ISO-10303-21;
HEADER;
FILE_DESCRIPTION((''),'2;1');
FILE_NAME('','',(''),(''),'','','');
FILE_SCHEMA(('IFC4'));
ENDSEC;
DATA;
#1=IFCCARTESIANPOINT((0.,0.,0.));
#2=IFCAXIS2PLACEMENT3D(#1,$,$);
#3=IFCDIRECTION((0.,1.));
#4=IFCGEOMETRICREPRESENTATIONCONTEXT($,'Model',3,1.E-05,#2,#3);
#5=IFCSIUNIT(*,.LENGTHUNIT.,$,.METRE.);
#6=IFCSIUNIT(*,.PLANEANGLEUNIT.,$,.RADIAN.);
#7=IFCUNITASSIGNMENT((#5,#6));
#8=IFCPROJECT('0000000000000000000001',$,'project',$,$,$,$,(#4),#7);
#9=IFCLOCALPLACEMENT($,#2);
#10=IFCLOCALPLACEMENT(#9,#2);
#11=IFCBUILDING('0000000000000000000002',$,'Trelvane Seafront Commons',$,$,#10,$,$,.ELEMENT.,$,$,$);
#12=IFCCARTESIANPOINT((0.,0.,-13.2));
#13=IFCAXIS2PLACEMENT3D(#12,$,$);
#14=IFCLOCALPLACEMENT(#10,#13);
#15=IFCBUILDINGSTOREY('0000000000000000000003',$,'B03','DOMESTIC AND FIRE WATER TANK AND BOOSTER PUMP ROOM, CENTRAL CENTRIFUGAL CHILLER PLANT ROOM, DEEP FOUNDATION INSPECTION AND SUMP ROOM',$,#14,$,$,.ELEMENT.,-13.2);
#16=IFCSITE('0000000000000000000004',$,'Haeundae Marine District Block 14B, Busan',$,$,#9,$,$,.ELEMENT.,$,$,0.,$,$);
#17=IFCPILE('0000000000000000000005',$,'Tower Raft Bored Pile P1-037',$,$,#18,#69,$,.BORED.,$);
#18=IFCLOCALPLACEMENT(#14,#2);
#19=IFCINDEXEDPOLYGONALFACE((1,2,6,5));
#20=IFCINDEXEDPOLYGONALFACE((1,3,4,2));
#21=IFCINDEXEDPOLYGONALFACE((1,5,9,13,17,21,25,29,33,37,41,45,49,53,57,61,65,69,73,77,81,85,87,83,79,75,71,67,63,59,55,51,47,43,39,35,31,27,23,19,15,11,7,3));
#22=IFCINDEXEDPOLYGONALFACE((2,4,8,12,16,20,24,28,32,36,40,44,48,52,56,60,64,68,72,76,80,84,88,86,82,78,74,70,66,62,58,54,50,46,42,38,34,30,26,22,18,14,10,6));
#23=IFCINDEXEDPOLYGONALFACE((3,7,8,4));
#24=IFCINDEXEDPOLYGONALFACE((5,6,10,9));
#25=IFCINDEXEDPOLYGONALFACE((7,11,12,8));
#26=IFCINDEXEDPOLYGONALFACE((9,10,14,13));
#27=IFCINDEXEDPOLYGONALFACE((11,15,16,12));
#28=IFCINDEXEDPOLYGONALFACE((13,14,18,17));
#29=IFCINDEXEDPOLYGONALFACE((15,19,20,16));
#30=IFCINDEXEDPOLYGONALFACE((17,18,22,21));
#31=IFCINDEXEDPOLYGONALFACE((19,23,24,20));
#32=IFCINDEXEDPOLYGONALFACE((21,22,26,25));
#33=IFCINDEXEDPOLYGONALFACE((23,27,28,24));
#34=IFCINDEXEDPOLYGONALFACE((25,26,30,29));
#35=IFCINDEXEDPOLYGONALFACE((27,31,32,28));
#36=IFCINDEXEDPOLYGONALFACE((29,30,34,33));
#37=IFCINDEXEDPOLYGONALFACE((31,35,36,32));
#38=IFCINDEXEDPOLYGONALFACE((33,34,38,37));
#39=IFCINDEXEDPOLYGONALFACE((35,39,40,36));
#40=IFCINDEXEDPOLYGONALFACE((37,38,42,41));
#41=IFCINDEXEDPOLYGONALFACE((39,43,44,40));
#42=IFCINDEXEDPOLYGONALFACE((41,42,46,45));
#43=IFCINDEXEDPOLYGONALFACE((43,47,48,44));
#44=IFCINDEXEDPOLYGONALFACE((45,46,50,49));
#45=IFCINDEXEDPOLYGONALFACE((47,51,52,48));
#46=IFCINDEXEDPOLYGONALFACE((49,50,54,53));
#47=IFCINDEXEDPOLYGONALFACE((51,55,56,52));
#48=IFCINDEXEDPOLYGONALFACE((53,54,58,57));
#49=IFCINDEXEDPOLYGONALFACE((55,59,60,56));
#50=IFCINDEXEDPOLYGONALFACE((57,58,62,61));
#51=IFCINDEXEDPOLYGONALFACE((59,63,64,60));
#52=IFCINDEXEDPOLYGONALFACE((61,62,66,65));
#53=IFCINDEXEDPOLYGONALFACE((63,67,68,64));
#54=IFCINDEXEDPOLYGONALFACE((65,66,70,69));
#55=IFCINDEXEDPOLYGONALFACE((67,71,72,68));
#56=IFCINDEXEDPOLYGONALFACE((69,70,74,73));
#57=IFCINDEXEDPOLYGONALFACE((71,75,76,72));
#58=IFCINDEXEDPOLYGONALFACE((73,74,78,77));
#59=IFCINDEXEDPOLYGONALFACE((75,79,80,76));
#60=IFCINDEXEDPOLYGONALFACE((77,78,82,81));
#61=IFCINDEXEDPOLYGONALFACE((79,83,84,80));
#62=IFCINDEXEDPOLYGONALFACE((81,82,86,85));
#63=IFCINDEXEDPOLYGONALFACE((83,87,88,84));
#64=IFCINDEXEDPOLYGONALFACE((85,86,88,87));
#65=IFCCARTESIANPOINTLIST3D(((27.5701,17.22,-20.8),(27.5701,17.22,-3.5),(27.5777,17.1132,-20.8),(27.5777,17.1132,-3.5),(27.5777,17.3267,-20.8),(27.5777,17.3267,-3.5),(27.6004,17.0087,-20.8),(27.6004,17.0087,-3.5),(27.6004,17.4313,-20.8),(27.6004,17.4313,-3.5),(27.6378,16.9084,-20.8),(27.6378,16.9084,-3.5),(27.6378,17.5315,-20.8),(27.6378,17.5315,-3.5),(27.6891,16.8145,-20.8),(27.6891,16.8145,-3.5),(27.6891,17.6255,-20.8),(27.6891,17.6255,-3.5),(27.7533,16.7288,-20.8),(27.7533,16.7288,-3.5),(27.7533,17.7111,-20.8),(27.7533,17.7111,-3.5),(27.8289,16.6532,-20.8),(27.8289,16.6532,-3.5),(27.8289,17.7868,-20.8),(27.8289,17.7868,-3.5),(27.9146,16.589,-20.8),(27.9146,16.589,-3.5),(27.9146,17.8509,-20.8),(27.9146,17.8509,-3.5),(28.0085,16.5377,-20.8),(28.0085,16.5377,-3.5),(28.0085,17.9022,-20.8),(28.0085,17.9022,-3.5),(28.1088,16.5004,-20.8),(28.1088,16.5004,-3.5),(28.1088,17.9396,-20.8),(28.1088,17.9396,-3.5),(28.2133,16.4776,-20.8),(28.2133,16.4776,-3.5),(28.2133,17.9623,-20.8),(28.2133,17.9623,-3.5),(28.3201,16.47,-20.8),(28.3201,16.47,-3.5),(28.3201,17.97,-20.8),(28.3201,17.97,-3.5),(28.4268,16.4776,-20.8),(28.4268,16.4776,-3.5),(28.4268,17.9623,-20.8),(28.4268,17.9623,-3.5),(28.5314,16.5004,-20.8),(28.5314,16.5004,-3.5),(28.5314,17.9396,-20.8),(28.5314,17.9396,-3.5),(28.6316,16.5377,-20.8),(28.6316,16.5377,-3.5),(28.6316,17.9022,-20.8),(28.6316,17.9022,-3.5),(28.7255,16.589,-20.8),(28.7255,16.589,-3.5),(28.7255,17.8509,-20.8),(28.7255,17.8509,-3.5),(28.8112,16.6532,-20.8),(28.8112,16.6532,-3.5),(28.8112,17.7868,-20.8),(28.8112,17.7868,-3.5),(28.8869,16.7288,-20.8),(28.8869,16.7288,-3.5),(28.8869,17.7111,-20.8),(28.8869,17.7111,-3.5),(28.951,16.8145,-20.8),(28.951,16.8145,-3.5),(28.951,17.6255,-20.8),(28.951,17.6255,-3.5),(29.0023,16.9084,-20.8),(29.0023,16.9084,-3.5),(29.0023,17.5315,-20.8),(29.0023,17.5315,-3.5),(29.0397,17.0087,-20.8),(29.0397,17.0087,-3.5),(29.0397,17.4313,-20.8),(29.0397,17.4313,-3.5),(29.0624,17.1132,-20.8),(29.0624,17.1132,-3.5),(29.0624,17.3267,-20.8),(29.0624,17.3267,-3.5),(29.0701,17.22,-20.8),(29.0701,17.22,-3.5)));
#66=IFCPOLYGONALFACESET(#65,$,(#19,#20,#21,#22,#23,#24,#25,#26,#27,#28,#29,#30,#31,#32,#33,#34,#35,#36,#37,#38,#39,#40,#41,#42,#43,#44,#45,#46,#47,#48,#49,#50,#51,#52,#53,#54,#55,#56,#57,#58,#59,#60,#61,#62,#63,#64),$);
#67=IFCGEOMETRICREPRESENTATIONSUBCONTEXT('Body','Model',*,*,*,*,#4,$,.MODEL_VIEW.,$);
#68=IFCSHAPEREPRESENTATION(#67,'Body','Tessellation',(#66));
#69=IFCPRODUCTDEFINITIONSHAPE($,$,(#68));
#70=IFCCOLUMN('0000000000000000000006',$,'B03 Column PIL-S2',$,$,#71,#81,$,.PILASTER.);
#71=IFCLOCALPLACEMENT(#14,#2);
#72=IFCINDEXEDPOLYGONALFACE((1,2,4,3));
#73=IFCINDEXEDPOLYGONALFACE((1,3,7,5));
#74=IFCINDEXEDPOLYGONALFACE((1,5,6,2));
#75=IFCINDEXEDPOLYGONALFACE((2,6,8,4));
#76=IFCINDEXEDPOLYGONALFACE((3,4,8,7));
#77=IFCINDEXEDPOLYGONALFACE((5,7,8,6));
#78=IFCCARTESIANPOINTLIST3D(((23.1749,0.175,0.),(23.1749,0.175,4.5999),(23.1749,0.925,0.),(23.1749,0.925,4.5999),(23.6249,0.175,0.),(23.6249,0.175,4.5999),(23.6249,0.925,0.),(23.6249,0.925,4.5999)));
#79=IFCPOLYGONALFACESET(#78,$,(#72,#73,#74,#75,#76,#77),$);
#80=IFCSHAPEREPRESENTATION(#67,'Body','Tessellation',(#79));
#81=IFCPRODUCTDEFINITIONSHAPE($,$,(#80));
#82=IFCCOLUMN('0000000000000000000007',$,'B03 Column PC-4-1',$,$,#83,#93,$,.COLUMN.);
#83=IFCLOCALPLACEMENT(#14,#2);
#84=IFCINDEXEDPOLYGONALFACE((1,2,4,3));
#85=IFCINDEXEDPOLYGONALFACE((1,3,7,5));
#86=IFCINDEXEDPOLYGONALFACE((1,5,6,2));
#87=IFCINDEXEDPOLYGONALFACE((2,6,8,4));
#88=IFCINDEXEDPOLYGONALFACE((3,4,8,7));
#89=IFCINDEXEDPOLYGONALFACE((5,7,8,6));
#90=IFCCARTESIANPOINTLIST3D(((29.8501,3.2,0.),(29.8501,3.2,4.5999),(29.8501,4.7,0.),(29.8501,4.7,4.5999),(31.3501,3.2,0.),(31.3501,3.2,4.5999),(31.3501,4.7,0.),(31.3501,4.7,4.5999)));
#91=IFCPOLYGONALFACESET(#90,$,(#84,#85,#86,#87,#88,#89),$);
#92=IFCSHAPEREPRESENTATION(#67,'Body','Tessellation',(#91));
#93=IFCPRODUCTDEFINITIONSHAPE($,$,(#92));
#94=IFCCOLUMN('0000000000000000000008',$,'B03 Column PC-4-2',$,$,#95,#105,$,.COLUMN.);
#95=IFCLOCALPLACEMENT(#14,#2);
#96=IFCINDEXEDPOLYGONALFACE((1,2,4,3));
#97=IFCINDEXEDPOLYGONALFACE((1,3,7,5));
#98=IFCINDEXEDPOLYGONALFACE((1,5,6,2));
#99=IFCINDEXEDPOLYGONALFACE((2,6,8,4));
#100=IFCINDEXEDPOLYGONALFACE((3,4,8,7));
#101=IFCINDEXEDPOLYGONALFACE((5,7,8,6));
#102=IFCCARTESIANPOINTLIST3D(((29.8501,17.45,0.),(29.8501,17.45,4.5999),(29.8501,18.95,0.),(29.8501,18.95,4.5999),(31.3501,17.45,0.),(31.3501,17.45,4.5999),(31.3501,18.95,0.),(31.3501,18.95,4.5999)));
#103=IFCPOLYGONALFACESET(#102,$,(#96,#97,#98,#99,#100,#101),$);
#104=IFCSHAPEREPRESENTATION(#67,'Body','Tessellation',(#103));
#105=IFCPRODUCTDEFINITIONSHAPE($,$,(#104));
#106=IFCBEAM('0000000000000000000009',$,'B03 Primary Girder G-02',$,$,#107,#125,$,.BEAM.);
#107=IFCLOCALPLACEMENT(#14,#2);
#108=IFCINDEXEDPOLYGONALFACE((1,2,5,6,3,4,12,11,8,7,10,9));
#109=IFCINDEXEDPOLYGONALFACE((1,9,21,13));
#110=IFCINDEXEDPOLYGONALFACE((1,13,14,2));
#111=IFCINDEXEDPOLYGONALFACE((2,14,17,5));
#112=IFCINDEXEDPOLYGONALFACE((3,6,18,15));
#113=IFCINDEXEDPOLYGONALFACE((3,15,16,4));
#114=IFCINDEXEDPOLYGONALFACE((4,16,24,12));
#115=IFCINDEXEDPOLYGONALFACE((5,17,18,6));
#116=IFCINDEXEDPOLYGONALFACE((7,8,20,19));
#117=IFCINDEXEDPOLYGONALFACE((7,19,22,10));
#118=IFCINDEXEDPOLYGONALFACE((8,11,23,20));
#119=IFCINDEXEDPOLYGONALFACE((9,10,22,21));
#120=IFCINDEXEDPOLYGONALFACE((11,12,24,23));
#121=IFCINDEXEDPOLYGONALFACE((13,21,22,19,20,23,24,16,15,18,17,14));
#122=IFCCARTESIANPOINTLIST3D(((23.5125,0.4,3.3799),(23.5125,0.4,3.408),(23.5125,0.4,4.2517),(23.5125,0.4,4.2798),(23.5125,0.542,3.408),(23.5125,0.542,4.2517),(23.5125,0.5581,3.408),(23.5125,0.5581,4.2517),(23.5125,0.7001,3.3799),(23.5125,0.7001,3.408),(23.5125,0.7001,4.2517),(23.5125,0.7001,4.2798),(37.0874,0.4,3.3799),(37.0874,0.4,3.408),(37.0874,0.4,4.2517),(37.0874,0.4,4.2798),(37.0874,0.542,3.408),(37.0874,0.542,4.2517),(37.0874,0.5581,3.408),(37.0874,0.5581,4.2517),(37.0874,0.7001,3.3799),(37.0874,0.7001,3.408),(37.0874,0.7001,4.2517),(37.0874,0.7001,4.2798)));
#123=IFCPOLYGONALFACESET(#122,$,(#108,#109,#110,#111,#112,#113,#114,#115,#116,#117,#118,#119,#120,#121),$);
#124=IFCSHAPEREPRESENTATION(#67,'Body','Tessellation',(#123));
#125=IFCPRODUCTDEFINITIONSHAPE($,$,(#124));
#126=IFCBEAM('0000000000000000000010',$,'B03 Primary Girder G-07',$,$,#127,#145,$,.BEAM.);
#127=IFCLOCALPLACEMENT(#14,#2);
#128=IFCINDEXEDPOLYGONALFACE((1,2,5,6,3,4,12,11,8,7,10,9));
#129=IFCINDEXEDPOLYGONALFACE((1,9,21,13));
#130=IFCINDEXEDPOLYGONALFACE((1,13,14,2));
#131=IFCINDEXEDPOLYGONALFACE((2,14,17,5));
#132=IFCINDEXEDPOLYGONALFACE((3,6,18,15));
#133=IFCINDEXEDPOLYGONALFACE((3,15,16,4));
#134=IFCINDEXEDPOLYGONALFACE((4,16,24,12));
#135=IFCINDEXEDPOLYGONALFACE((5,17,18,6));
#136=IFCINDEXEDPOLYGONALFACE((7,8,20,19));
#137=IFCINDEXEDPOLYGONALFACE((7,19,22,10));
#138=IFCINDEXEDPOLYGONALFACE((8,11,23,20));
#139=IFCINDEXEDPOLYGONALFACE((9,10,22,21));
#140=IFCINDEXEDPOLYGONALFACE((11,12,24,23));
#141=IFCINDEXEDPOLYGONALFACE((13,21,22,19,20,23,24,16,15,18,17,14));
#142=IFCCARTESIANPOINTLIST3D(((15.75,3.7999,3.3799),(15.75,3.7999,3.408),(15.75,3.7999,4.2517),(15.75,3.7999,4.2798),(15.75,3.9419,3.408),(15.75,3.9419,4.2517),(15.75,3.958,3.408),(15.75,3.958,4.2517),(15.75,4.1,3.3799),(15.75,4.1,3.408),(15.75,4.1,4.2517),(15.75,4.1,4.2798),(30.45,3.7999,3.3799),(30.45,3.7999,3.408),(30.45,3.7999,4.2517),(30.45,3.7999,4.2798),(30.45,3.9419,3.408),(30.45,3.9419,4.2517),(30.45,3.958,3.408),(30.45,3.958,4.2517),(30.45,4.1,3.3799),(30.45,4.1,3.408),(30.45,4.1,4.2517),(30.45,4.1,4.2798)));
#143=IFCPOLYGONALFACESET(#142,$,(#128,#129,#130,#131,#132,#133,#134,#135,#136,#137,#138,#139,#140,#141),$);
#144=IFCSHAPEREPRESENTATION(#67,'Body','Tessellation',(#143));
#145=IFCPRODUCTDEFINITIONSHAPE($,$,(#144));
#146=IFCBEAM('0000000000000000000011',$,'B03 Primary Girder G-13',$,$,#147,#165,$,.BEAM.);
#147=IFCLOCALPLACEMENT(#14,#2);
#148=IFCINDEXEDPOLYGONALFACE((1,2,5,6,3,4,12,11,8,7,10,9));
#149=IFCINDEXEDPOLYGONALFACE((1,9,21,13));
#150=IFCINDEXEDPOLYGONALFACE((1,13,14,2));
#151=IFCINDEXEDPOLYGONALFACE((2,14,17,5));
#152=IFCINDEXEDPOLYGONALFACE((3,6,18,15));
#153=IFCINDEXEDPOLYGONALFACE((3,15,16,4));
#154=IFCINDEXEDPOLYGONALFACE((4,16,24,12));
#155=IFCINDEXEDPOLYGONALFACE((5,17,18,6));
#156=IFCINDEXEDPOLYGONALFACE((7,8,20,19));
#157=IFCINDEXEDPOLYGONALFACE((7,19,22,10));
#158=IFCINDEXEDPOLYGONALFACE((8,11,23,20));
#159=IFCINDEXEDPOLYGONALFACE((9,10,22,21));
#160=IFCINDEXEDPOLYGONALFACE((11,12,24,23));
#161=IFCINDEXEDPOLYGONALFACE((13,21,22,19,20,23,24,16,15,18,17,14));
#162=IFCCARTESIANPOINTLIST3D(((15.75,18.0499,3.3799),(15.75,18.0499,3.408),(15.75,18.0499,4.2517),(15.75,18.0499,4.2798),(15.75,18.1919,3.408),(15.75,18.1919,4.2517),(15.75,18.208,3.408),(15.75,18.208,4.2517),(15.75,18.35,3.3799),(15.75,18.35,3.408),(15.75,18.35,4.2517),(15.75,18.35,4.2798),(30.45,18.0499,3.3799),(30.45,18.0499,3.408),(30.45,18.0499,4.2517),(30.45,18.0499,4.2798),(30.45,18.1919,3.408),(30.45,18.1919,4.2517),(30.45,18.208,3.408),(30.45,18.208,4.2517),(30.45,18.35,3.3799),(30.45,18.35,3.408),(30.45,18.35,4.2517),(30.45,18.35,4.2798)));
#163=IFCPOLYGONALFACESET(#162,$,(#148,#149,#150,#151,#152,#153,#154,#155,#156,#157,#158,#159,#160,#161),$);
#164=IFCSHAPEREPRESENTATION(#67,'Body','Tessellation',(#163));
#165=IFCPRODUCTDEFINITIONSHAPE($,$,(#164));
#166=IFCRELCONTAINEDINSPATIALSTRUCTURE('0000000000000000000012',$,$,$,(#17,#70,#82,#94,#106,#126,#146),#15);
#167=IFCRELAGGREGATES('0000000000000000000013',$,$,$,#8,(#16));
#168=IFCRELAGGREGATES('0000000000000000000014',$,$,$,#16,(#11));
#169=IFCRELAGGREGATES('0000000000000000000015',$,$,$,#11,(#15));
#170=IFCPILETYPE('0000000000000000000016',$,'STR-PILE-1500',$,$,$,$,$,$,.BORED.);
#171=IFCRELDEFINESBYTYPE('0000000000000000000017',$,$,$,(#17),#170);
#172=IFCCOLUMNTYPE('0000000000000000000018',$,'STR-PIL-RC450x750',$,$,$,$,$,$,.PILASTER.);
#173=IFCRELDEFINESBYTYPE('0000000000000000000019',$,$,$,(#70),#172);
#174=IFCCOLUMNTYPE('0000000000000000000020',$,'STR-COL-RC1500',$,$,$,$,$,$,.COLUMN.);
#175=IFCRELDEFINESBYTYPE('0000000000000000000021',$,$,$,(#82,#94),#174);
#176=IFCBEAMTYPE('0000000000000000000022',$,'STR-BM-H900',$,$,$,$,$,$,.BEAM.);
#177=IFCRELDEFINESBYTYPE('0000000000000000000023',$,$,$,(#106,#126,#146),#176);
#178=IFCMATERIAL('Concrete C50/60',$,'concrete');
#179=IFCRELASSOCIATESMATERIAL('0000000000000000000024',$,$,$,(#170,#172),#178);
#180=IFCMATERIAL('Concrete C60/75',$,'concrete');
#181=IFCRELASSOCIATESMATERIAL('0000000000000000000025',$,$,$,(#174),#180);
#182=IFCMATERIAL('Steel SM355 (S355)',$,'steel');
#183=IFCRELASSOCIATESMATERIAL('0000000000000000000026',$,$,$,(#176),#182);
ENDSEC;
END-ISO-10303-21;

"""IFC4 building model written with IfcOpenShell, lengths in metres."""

from ifc_helpers import new_model, si_unit, direction, frame, origin, origin_2d, place, context, subcontext, project, spatial, rectangle, circle, i_section, extrude, source, transform, mapped, material, material_profile, profile_set, type_object, element, save


model = new_model("IFC4")

# Units and contexts
model_context = context("Model", 3, precision=1e-05, world=origin(), true_north=direction((0.0, 1.0)))
body_context = subcontext(model_context, "Body", "Model", "MODEL_VIEW")
ifc_project = project(units=[si_unit("LENGTHUNIT", "METRE"), si_unit("PLANEANGLEUNIT", "RADIAN")], contexts=[model_context])

# Site, building, storey
site_placement = place(None, origin())
site = spatial("IfcSite", under=ifc_project, at=site_placement, Name="Haeundae Marine District Block 14B, Busan", CompositionType="ELEMENT", RefElevation=0.0)
building_placement = place(site_placement, origin())
building = spatial("IfcBuilding", under=site, at=building_placement, Name="Trelvane Seafront Commons", CompositionType="ELEMENT")
storey_placement = place(building_placement, frame((0.0, 0.0, -13.2)))
storey = spatial("IfcBuildingStorey", under=building, at=storey_placement, Name="B03", Description="DOMESTIC AND FIRE WATER TANK AND BOOSTER PUMP ROOM, CENTRAL CENTRIFUGAL CHILLER PLANT ROOM, DEEP FOUNDATION INSPECTION AND SUMP ROOM", CompositionType="ELEMENT", Elevation=-13.2)

# Pile
ifc_material_1 = material(Name="Concrete C50/60", Category="concrete")
ifc_material_profile_1 = material_profile(ifc_material_1, circle(Radius=0.75, at=origin_2d()), Name="PILE-1500")
ifc_profile_set_1 = profile_set([ifc_material_profile_1], Name="Concrete C50/60")
pile_type = type_object("IfcPileType", Name="STR-PILE-1500", PredefinedType="BORED", material=ifc_profile_set_1)
shared_shape_1 = source(origin(), body_context, "Body", "SweptSolid", [
    extrude(circle(Radius=0.75, at=origin_2d()), origin(), (0.0, 0.0, 1.0), 17.3),
])
for number, where, z_axis, x_axis, name in (
    (1, (28.3201, 17.22, -3.5), (0.0, 0.0, -1.0), (1.0, 0.0, 0.0), "Tower Raft Bored Pile P1-037"),
):
    element("IfcPile", number, at=place(storey_placement, frame(where, z_axis=z_axis, x_axis=x_axis)), inside=storey, type_object=pile_type, Name=name, PredefinedType="BORED", context=body_context, shape_type="MappedRepresentation", body=[
        mapped(shared_shape_1, transform((0.0, 0.0, 0.0), x_axis=(1.0, 0.0, 0.0), y_axis=(0.0, 1.0, 0.0), z_axis=(0.0, 0.0, 1.0), scale=1.0)),
    ])

# Columns
ifc_material_profile_2 = material_profile(ifc_material_1, rectangle(XDim=0.45, YDim=0.75, at=origin_2d()), Name="RC-450x750")
ifc_profile_set_2 = profile_set([ifc_material_profile_2], Name="Concrete C50/60")
column_type_1 = type_object("IfcColumnType", Name="STR-PIL-RC450x750", PredefinedType="PILASTER", material=ifc_profile_set_2)
shared_shape_2 = source(origin(), body_context, "Body", "SweptSolid", [
    extrude(rectangle(XDim=0.45, YDim=0.75, at=origin_2d()), origin(), (0.0, 0.0, 1.0), 4.5999),
])
column_placement = place(storey_placement, frame((23.3999, 0.55, 0.0), z_axis=(0.0, 0.0, 1.0), x_axis=(1.0, 0.0, 0.0)))
element("IfcColumn", 2, at=column_placement, inside=storey, type_object=column_type_1, Name="B03 Column PIL-S2", PredefinedType="PILASTER", context=body_context, shape_type="MappedRepresentation", body=[
    mapped(shared_shape_2, transform((0.0, 0.0, 0.0), x_axis=(1.0, 0.0, 0.0), y_axis=(0.0, 1.0, 0.0), z_axis=(0.0, 0.0, 1.0), scale=1.0)),
])
ifc_material_2 = material(Name="Concrete C60/75", Category="concrete")
ifc_material_profile_3 = material_profile(ifc_material_2, rectangle(XDim=1.5, YDim=1.5, at=origin_2d()), Name="RC-1500x1500")
ifc_profile_set_3 = profile_set([ifc_material_profile_3], Name="Concrete C60/75")
column_type_2 = type_object("IfcColumnType", Name="STR-COL-RC1500", PredefinedType="COLUMN", material=ifc_profile_set_3)
shared_shape_3 = source(origin(), body_context, "Body", "SweptSolid", [
    extrude(rectangle(XDim=1.5, YDim=1.5, at=origin_2d()), origin(), (0.0, 0.0, 1.0), 4.5999),
])
for number, where, z_axis, x_axis, name in (
    (3, (30.6001, 3.95, 0.0), (0.0, 0.0, 1.0), (1.0, 0.0, 0.0), "B03 Column PC-4-1"),
    (4, (30.6001, 18.2, 0.0), (0.0, 0.0, 1.0), (1.0, 0.0, 0.0), "B03 Column PC-4-2"),
):
    element("IfcColumn", number, at=place(storey_placement, frame(where, z_axis=z_axis, x_axis=x_axis)), inside=storey, type_object=column_type_2, Name=name, PredefinedType="COLUMN", context=body_context, shape_type="MappedRepresentation", body=[
        mapped(shared_shape_3, transform((0.0, 0.0, 0.0), x_axis=(1.0, 0.0, 0.0), y_axis=(0.0, 1.0, 0.0), z_axis=(0.0, 0.0, 1.0), scale=1.0)),
    ])

# Beams
ifc_material_3 = material(Name="Steel SM355 (S355)", Category="steel")
ifc_material_profile_4 = material_profile(ifc_material_3, i_section(OverallWidth=0.3, OverallDepth=0.8999, WebThickness=0.0161, FlangeThickness=0.0281, at=origin_2d()), Name="H-900x300x16x28")
ifc_profile_set_4 = profile_set([ifc_material_profile_4], Name="Steel SM355 (S355)")
beam_type_1 = type_object("IfcBeamType", Name="STR-BM-H900", PredefinedType="BEAM", material=ifc_profile_set_4)
shared_shape_4 = source(origin(), body_context, "Body", "SweptSolid", [
    extrude(i_section(OverallWidth=0.3, OverallDepth=0.8999, WebThickness=0.0161, FlangeThickness=0.0281, at=origin_2d()), origin(), (0.0, 0.0, 1.0), 13.575),
])
beam_1_placement = place(storey_placement, frame((23.5125, 0.55, 3.8298), z_axis=(1.0, 0.0, 0.0), x_axis=(0.0, 1.0, 0.0)))
element("IfcBeam", 5, at=beam_1_placement, inside=storey, type_object=beam_type_1, Name="B03 Primary Girder G-02", PredefinedType="BEAM", context=body_context, shape_type="MappedRepresentation", body=[
    mapped(shared_shape_4, transform((0.0, 0.0, 0.0), x_axis=(1.0, 0.0, 0.0), y_axis=(0.0, 1.0, 0.0), z_axis=(0.0, 0.0, 1.0), scale=1.0)),
])
shared_shape_5 = source(origin(), body_context, "Body", "SweptSolid", [
    extrude(i_section(OverallWidth=0.3, OverallDepth=0.8999, WebThickness=0.0161, FlangeThickness=0.0281, at=origin_2d()), origin(), (0.0, 0.0, 1.0), 14.7),
])
for number, where, z_axis, x_axis, name in (
    (6, (15.75, 3.95, 3.8298), (1.0, 0.0, 0.0), (0.0, 1.0, 0.0), "B03 Primary Girder G-07"),
    (7, (15.75, 18.2, 3.8298), (1.0, 0.0, 0.0), (0.0, 1.0, 0.0), "B03 Primary Girder G-13"),
):
    element("IfcBeam", number, at=place(storey_placement, frame(where, z_axis=z_axis, x_axis=x_axis)), inside=storey, type_object=beam_type_1, Name=name, PredefinedType="BEAM", context=body_context, shape_type="MappedRepresentation", body=[
        mapped(shared_shape_5, transform((0.0, 0.0, 0.0), x_axis=(1.0, 0.0, 0.0), y_axis=(0.0, 1.0, 0.0), z_axis=(0.0, 0.0, 1.0), scale=1.0)),
    ])

save(model, "model.ifc")
